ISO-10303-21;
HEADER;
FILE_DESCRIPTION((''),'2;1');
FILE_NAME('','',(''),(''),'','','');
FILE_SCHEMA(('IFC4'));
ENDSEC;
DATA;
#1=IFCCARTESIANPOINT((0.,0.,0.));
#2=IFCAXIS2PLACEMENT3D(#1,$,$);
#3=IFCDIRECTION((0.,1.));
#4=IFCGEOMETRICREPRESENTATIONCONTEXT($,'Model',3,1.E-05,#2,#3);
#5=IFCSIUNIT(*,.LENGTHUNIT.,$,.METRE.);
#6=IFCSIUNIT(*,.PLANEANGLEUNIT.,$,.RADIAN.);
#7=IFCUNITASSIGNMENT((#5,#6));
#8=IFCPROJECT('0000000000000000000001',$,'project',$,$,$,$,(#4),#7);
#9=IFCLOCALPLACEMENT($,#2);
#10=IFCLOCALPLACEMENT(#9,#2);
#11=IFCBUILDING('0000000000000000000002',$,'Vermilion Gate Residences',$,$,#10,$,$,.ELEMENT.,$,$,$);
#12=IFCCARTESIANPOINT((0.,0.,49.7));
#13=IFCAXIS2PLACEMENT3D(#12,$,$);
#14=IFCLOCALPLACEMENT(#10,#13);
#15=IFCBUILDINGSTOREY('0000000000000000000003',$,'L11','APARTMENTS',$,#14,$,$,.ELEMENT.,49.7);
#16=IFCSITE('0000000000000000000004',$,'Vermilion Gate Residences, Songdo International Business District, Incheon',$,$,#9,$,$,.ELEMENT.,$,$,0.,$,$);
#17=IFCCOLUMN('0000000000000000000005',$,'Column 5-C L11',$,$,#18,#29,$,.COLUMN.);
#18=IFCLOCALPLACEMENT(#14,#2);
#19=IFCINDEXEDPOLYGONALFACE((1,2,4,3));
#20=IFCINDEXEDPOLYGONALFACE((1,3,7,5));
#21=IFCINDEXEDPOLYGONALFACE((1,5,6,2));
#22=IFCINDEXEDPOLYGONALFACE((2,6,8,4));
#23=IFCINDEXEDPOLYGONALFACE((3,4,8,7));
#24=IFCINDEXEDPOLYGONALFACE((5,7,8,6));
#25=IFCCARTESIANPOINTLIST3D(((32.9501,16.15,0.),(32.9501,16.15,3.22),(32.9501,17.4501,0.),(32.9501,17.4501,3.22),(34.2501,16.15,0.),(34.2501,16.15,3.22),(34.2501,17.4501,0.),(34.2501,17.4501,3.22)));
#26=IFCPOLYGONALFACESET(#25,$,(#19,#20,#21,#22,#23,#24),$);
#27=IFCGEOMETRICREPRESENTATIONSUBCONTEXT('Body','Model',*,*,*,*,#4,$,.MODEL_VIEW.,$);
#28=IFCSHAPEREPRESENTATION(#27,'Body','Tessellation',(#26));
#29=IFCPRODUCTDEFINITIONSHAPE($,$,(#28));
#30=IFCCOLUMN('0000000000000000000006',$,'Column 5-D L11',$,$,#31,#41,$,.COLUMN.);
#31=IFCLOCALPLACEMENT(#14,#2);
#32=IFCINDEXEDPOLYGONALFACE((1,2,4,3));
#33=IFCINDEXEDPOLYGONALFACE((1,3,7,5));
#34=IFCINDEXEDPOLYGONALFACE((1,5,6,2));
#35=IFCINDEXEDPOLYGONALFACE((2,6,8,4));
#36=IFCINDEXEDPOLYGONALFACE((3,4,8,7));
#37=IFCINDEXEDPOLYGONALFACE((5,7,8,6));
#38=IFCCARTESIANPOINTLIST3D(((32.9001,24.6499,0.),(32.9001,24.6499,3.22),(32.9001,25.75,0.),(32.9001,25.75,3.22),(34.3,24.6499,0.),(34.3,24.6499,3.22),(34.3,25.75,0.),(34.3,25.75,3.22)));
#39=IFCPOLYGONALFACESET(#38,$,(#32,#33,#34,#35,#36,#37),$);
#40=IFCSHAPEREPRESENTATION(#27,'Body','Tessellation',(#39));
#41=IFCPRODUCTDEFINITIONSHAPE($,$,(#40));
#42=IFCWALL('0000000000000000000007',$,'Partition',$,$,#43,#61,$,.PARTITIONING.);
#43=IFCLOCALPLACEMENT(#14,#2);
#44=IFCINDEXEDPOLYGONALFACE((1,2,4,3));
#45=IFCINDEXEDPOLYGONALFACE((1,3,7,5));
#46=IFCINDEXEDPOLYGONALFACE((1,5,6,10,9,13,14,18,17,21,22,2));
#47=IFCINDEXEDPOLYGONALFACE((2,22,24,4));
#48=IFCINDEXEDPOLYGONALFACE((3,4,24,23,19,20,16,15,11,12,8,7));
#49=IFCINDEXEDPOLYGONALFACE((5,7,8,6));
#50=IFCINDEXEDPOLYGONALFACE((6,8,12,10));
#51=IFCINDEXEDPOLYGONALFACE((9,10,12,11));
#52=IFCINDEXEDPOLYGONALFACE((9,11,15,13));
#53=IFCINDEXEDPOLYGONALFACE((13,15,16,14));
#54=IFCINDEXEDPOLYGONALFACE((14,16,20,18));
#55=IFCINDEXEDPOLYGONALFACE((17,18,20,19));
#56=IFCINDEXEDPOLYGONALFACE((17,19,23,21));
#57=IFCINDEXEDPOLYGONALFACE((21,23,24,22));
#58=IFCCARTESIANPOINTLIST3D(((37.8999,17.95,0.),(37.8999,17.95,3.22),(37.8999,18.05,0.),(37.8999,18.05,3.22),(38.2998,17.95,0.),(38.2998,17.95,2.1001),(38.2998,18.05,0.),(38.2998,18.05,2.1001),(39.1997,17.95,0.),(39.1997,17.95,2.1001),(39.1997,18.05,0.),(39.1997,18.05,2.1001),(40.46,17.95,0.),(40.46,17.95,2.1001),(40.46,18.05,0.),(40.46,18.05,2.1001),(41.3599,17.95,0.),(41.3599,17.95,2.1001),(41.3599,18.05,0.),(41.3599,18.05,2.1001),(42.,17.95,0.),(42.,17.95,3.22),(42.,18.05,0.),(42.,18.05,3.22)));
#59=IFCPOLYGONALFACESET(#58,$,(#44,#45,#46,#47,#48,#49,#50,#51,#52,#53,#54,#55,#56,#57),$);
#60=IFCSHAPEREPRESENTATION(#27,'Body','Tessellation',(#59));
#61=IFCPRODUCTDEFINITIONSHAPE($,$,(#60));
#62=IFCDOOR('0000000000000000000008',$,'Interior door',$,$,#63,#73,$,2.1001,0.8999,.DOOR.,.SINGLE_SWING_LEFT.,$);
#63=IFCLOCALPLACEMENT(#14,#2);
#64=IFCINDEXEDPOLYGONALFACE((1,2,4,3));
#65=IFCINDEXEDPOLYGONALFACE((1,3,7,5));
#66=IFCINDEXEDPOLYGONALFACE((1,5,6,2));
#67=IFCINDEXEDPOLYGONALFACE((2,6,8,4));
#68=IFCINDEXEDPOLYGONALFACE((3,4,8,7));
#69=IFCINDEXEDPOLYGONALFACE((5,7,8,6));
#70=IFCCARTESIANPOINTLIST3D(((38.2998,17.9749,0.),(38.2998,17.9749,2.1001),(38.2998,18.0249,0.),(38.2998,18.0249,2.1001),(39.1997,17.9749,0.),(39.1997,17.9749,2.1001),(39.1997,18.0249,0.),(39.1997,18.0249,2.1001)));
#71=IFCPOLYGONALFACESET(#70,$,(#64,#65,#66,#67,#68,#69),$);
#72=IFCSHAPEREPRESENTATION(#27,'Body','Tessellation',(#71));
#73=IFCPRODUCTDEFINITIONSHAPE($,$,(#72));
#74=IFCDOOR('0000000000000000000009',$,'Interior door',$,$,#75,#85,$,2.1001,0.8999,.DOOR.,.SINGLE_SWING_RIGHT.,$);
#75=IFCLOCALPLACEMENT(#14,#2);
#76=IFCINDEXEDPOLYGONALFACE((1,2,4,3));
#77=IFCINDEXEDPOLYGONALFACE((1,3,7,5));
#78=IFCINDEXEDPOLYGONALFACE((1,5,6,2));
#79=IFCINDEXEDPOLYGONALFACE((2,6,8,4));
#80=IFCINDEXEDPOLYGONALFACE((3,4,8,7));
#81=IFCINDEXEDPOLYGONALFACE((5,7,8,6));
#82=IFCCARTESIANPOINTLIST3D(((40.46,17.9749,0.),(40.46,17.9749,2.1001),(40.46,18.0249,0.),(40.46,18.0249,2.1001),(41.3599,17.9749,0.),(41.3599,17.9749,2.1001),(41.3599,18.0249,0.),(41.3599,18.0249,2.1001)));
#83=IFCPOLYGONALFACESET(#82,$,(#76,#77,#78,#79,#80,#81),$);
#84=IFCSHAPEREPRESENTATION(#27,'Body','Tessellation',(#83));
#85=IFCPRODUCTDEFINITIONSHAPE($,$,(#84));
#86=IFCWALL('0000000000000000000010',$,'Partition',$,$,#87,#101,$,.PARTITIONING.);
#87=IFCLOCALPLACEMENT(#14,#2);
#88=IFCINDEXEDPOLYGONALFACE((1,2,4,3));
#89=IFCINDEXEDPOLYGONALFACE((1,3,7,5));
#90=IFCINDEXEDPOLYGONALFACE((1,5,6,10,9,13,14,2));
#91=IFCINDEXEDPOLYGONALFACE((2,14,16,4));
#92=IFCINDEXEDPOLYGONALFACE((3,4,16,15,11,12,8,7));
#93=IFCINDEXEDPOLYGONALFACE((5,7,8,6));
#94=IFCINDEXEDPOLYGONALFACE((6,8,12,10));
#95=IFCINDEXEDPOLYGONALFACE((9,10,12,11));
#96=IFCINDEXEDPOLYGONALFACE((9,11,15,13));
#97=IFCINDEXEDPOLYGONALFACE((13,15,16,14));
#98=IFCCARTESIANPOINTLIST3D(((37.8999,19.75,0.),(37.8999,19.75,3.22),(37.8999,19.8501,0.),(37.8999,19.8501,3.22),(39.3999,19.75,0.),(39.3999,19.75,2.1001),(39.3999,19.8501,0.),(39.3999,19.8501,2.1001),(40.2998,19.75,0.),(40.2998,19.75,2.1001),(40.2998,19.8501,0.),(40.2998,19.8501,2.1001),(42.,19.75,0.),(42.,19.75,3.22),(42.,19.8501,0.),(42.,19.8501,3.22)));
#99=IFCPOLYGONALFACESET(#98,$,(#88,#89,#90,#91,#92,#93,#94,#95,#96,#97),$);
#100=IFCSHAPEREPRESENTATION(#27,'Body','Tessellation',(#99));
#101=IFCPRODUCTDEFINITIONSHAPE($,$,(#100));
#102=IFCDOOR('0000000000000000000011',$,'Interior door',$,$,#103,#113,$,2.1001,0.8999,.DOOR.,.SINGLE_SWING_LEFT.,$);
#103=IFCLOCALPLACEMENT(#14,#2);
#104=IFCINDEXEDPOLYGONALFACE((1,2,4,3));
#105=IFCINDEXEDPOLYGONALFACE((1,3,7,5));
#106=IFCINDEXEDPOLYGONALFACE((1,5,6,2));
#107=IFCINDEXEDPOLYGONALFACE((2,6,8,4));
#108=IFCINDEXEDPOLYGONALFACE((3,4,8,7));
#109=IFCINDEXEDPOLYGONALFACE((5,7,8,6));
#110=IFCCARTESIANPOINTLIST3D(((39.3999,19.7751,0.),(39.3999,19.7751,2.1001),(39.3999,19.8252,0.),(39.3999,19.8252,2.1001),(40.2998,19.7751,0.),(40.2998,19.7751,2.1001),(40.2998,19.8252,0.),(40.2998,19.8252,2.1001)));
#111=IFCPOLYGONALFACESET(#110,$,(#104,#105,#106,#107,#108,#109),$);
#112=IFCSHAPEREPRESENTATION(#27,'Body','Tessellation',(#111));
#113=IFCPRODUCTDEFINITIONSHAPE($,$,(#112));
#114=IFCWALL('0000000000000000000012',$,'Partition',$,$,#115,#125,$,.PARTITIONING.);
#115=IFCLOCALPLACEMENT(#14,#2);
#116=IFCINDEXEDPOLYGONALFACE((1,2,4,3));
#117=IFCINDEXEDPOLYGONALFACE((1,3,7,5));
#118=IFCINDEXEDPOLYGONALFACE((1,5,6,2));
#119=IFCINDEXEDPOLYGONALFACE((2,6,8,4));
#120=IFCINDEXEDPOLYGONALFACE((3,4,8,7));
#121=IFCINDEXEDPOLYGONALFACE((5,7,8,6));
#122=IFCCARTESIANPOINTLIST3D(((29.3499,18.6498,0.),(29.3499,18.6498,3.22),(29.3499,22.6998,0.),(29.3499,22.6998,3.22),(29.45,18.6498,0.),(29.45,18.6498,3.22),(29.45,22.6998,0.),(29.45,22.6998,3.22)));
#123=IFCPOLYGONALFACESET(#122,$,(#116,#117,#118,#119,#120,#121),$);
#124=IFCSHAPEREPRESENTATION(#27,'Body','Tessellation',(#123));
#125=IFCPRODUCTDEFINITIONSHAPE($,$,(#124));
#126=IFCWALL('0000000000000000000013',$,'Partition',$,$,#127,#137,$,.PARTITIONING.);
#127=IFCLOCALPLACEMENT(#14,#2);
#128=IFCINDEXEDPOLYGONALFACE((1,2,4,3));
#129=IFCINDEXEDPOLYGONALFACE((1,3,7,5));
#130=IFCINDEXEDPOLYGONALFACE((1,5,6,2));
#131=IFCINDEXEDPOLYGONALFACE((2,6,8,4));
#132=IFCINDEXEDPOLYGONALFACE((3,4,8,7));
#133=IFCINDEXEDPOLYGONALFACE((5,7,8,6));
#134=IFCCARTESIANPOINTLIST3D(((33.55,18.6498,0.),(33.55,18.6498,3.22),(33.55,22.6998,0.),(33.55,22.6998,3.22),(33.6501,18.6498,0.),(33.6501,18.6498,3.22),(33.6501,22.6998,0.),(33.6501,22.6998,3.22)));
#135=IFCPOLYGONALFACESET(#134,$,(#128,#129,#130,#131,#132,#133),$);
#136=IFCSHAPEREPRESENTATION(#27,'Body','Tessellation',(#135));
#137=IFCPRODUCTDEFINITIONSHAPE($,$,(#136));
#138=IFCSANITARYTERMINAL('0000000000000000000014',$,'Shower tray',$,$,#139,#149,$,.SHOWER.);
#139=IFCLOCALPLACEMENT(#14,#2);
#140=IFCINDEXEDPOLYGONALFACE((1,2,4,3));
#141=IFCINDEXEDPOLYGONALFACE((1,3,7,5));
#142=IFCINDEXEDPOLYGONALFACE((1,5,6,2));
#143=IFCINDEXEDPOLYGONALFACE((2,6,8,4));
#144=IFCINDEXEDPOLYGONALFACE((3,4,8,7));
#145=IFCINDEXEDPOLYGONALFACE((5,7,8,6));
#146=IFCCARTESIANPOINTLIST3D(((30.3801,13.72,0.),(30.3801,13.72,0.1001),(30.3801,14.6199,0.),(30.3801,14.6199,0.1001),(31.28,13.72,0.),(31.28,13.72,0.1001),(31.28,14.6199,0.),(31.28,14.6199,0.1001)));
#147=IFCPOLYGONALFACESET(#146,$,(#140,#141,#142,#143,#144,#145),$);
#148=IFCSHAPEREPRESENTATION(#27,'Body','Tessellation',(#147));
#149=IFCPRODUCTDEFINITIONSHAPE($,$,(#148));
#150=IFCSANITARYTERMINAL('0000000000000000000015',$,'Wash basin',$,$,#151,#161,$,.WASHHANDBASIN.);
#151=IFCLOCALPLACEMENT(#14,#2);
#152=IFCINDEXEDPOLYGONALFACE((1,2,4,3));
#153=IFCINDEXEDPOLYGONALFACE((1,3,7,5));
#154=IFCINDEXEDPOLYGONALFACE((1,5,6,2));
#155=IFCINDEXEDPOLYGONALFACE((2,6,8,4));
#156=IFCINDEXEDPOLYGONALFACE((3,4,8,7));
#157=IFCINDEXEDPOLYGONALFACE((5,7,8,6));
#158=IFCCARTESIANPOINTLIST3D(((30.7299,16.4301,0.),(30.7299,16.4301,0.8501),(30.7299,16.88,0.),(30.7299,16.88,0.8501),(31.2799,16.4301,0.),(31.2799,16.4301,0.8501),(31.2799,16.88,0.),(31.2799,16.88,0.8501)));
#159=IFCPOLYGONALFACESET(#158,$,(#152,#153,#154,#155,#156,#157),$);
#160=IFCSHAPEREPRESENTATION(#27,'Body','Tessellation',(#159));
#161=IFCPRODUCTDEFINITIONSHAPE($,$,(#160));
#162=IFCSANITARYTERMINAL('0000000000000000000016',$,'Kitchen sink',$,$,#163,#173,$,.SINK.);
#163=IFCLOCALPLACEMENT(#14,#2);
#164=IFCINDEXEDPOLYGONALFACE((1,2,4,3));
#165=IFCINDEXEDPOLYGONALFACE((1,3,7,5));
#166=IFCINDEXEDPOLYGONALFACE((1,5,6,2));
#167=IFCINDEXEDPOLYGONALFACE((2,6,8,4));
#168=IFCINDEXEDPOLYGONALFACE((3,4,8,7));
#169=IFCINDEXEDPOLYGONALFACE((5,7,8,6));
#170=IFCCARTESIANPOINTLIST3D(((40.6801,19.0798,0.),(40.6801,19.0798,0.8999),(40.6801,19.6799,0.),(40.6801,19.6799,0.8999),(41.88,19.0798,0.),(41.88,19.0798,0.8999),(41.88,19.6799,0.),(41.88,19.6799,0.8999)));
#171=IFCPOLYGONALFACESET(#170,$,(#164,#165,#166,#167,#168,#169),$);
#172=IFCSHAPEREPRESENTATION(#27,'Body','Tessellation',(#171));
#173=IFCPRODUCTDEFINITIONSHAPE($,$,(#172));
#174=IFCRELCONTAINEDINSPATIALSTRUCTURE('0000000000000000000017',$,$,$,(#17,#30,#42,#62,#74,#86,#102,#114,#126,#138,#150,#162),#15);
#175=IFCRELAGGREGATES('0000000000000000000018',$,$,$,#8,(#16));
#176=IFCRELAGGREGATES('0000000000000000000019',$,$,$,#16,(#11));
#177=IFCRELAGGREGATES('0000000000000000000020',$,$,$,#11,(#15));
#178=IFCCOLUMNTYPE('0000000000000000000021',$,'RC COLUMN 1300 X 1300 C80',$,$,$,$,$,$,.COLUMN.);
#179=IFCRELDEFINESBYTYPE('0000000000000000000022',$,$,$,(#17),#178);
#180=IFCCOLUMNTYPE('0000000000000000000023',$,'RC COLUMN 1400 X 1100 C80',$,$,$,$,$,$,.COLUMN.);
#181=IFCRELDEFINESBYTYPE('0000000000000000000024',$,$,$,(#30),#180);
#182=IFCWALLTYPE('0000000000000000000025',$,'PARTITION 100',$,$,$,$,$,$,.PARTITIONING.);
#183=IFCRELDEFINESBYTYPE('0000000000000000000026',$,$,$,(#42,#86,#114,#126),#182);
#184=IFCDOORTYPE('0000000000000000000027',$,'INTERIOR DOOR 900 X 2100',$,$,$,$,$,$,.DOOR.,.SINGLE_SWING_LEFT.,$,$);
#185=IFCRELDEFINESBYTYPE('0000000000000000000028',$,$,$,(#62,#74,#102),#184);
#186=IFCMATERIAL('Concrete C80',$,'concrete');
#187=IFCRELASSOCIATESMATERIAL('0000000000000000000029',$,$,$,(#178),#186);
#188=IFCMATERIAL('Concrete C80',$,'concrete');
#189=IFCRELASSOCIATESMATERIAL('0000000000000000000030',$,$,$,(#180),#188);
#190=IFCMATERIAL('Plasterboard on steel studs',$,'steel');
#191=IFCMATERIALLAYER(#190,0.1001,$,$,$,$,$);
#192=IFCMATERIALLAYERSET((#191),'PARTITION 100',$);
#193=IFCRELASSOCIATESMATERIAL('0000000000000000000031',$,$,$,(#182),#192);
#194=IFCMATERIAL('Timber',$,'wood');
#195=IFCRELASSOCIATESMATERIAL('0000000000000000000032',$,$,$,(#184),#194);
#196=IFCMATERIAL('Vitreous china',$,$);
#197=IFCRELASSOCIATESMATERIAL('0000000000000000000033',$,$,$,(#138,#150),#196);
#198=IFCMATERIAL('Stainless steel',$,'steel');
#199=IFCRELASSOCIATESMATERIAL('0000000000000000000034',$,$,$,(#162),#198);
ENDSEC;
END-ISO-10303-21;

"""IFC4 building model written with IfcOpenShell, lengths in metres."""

from ifc_helpers import new_model, si_unit, direction, frame, frame_2d, origin, origin_2d, place, context, subcontext, project, spatial, rectangle, extrude, material, layer, layer_set, material_profile, profile_set, type_object, element, fill, save


model = new_model("IFC4")

# Units and contexts
model_context = context("Model", 3, precision=1e-05, world=origin(), true_north=direction((0.0, 1.0)))
body_context = subcontext(model_context, "Body", "Model", "MODEL_VIEW")
ifc_project = project(units=[si_unit("LENGTHUNIT", "METRE"), si_unit("PLANEANGLEUNIT", "RADIAN")], contexts=[model_context])

# Site, building, storey
site_placement = place(None, origin())
site = spatial("IfcSite", under=ifc_project, at=site_placement, Name="Vermilion Gate Residences, Songdo International Business District, Incheon", CompositionType="ELEMENT", RefElevation=0.0)
building_placement = place(site_placement, origin())
building = spatial("IfcBuilding", under=site, at=building_placement, Name="Vermilion Gate Residences", CompositionType="ELEMENT")
storey_placement = place(building_placement, frame((0.0, 0.0, 49.7)))
storey = spatial("IfcBuildingStorey", under=building, at=storey_placement, Name="L11", Description="APARTMENTS", CompositionType="ELEMENT", Elevation=49.7)

# Columns
ifc_material_1 = material(Name="Concrete C80", Category="concrete")
ifc_material_profile_1 = material_profile(ifc_material_1, rectangle(XDim=1.3, YDim=1.3, at=origin_2d()), Name="RC-1300x1300")
ifc_profile_set_1 = profile_set([ifc_material_profile_1], Name="Concrete C80")
column_type_1 = type_object("IfcColumnType", Name="RC COLUMN 1300 X 1300 C80", PredefinedType="COLUMN", material=ifc_profile_set_1)
column_1_placement = place(storey_placement, frame((33.6001, 16.8, 0.0), z_axis=(0.0, 0.0, 1.0), x_axis=(1.0, 0.0, 0.0)))
element("IfcColumn", 1, at=column_1_placement, inside=storey, type_object=column_type_1, Name="Column 5-C L11", PredefinedType="COLUMN", context=body_context, shape_type="SweptSolid", body=[
    extrude(rectangle(XDim=1.3, YDim=1.3, at=origin_2d()), origin(), (0.0, 0.0, 1.0), 3.22),
])
ifc_material_2 = material(Name="Concrete C80", Category="concrete")
ifc_material_profile_2 = material_profile(ifc_material_2, rectangle(XDim=1.3999, YDim=1.1001, at=origin_2d()), Name="RC-1400x1100")
ifc_profile_set_2 = profile_set([ifc_material_profile_2], Name="Concrete C80")
column_type_2 = type_object("IfcColumnType", Name="RC COLUMN 1400 X 1100 C80", PredefinedType="COLUMN", material=ifc_profile_set_2)
column_2_placement = place(storey_placement, frame((33.6001, 25.2, 0.0), z_axis=(0.0, 0.0, 1.0), x_axis=(1.0, 0.0, 0.0)))
element("IfcColumn", 2, at=column_2_placement, inside=storey, type_object=column_type_2, Name="Column 5-D L11", PredefinedType="COLUMN", context=body_context, shape_type="SweptSolid", body=[
    extrude(rectangle(XDim=1.3999, YDim=1.1001, at=origin_2d()), origin(), (0.0, 0.0, 1.0), 3.22),
])

# Wall, openings, doors
ifc_material_3 = material(Name="Plasterboard on steel studs", Category="steel")
ifc_layer = layer(ifc_material_3, 0.1001)
ifc_layer_set = layer_set([ifc_layer], Name="PARTITION 100")
wall_type = type_object("IfcWallType", Name="PARTITION 100", PredefinedType="PARTITIONING", material=ifc_layer_set)
wall_1_placement = place(storey_placement, frame((37.8999, 18.0, 0.0), z_axis=(0.0, 0.0, 1.0), x_axis=(1.0, 0.0, 0.0)))
wall_1 = element("IfcWall", 3, at=wall_1_placement, inside=storey, type_object=wall_type, Name="Partition", PredefinedType="PARTITIONING", context=body_context, shape_type="SweptSolid", body=[
    extrude(rectangle(XDim=4.1001, YDim=0.1001, at=frame_2d((2.05, 0.0))), origin(), (0.0, 0.0, 1.0), 3.22),
])
opening_1_placement = place(wall_1_placement, frame((0.3999, 0.0, 0.0)))
opening_1 = element("IfcOpeningElement", 4, at=opening_1_placement, cuts=wall_1, PredefinedType="OPENING", context=body_context, shape_type="SweptSolid", body=[
    extrude(rectangle(XDim=0.8999, YDim=2.1001, at=frame_2d((0.45, 1.05))), frame((0.0, 0.0601, 0.0), z_axis=(0.0, -1.0, 0.0), x_axis=(1.0, 0.0, 0.0)), (0.0, 0.0, 1.0), 0.1201),
])
opening_2_placement = place(wall_1_placement, frame((2.5601, 0.0, 0.0)))
opening_2 = element("IfcOpeningElement", 5, at=opening_2_placement, cuts=wall_1, PredefinedType="OPENING", context=body_context, shape_type="SweptSolid", body=[
    extrude(rectangle(XDim=0.8999, YDim=2.1001, at=frame_2d((0.45, 1.05))), frame((0.0, 0.0601, 0.0), z_axis=(0.0, -1.0, 0.0), x_axis=(1.0, 0.0, 0.0)), (0.0, 0.0, 1.0), 0.1201),
])
ifc_material_4 = material(Name="Timber", Category="wood")
door_type = type_object("IfcDoorType", Name="INTERIOR DOOR 900 X 2100", OperationType="SINGLE_SWING_LEFT", PredefinedType="DOOR", material=ifc_material_4)
door_1_placement = place(opening_1_placement, origin())
door_1 = element("IfcDoor", 6, at=door_1_placement, inside=storey, type_object=door_type, Name="Interior door", OperationType="SINGLE_SWING_LEFT", OverallHeight=2.1001, OverallWidth=0.8999, PredefinedType="DOOR", context=body_context, shape_type="SweptSolid", body=[
    extrude(rectangle(XDim=0.8999, YDim=2.1001, at=frame_2d((0.45, 1.05))), frame((0.0, 0.0249, 0.0), z_axis=(0.0, -1.0, 0.0), x_axis=(1.0, 0.0, 0.0)), (0.0, 0.0, 1.0), 0.05),
])
fill(opening_1, door_1)
door_2_placement = place(opening_2_placement, origin())
door_2 = element("IfcDoor", 7, at=door_2_placement, inside=storey, type_object=door_type, Name="Interior door", OperationType="SINGLE_SWING_RIGHT", OverallHeight=2.1001, OverallWidth=0.8999, PredefinedType="DOOR", context=body_context, shape_type="SweptSolid", body=[
    extrude(rectangle(XDim=0.8999, YDim=2.1001, at=frame_2d((0.45, 1.05))), frame((0.0, 0.0249, 0.0), z_axis=(0.0, -1.0, 0.0), x_axis=(1.0, 0.0, 0.0)), (0.0, 0.0, 1.0), 0.05),
])
fill(opening_2, door_2)

# Wall, opening, door
wall_2_placement = place(storey_placement, frame((37.8999, 19.8, 0.0), z_axis=(0.0, 0.0, 1.0), x_axis=(1.0, 0.0, 0.0)))
wall_2 = element("IfcWall", 8, at=wall_2_placement, inside=storey, type_object=wall_type, Name="Partition", PredefinedType="PARTITIONING", context=body_context, shape_type="SweptSolid", body=[
    extrude(rectangle(XDim=4.1001, YDim=0.1001, at=frame_2d((2.05, 0.0))), origin(), (0.0, 0.0, 1.0), 3.22),
])
opening_3_placement = place(wall_2_placement, frame((1.5, 0.0, 0.0)))
opening_3 = element("IfcOpeningElement", 9, at=opening_3_placement, cuts=wall_2, PredefinedType="OPENING", context=body_context, shape_type="SweptSolid", body=[
    extrude(rectangle(XDim=0.8999, YDim=2.1001, at=frame_2d((0.45, 1.05))), frame((0.0, 0.0601, 0.0), z_axis=(0.0, -1.0, 0.0), x_axis=(1.0, 0.0, 0.0)), (0.0, 0.0, 1.0), 0.1201),
])
door_3_placement = place(opening_3_placement, frame((0.8999, 0.0, 0.0), z_axis=(0.0, 0.0, 1.0), x_axis=(-1.0, 0.0, 0.0)))
door_3 = element("IfcDoor", 10, at=door_3_placement, inside=storey, type_object=door_type, Name="Interior door", OperationType="SINGLE_SWING_LEFT", OverallHeight=2.1001, OverallWidth=0.8999, PredefinedType="DOOR", context=body_context, shape_type="SweptSolid", body=[
    extrude(rectangle(XDim=0.8999, YDim=2.1001, at=frame_2d((0.45, 1.05))), frame((0.0, 0.0249, 0.0), z_axis=(0.0, -1.0, 0.0), x_axis=(1.0, 0.0, 0.0)), (0.0, 0.0, 1.0), 0.05),
])
fill(opening_3, door_3)

# Walls
for number, where, z_axis, x_axis, name in (
    (11, (29.3999, 18.6499, 0.0), (0.0, 0.0, 1.0), (0.0, 1.0, 0.0), "Partition"),
    (12, (33.6001, 18.6499, 0.0), (0.0, 0.0, 1.0), (0.0, 1.0, 0.0), "Partition"),
):
    element("IfcWall", number, at=place(storey_placement, frame(where, z_axis=z_axis, x_axis=x_axis)), inside=storey, type_object=wall_type, Name=name, PredefinedType="PARTITIONING", context=body_context, shape_type="SweptSolid", body=[
        extrude(rectangle(XDim=4.05, YDim=0.1001, at=frame_2d((2.0249, 0.0))), origin(), (0.0, 0.0, 1.0), 3.22),
    ])

# Sanitary terminals
ifc_material_5 = material(Name="Vitreous china")
sanitary_terminal_1_placement = place(storey_placement, frame((30.8301, 14.1699, 0.0), z_axis=(0.0, 0.0, 1.0), x_axis=(1.0, 0.0, 0.0)))
element("IfcSanitaryTerminal", 13, at=sanitary_terminal_1_placement, inside=storey, material=ifc_material_5, Name="Shower tray", PredefinedType="SHOWER", context=body_context, shape_type="SweptSolid", body=[
    extrude(rectangle(XDim=0.8999, YDim=0.8999, at=origin_2d()), origin(), (0.0, 0.0, 1.0), 0.1001),
])
sanitary_terminal_2_placement = place(storey_placement, frame((31.0049, 16.655, 0.0), z_axis=(0.0, 0.0, 1.0), x_axis=(1.0, 0.0, 0.0)))
element("IfcSanitaryTerminal", 14, at=sanitary_terminal_2_placement, inside=storey, material=ifc_material_5, Name="Wash basin", PredefinedType="WASHHANDBASIN", context=body_context, shape_type="SweptSolid", body=[
    extrude(rectangle(XDim=0.55, YDim=0.45, at=origin_2d()), origin(), (0.0, 0.0, 1.0), 0.8501),
])
ifc_material_6 = material(Name="Stainless steel", Category="steel")
sanitary_terminal_3_placement = place(storey_placement, frame((41.28, 19.3799, 0.0), z_axis=(0.0, 0.0, 1.0), x_axis=(1.0, 0.0, 0.0)))
element("IfcSanitaryTerminal", 15, at=sanitary_terminal_3_placement, inside=storey, material=ifc_material_6, Name="Kitchen sink", PredefinedType="SINK", context=body_context, shape_type="SweptSolid", body=[
    extrude(rectangle(XDim=1.2, YDim=0.6001, at=origin_2d()), origin(), (0.0, 0.0, 1.0), 0.8999),
])

save(model, "model.ifc")
